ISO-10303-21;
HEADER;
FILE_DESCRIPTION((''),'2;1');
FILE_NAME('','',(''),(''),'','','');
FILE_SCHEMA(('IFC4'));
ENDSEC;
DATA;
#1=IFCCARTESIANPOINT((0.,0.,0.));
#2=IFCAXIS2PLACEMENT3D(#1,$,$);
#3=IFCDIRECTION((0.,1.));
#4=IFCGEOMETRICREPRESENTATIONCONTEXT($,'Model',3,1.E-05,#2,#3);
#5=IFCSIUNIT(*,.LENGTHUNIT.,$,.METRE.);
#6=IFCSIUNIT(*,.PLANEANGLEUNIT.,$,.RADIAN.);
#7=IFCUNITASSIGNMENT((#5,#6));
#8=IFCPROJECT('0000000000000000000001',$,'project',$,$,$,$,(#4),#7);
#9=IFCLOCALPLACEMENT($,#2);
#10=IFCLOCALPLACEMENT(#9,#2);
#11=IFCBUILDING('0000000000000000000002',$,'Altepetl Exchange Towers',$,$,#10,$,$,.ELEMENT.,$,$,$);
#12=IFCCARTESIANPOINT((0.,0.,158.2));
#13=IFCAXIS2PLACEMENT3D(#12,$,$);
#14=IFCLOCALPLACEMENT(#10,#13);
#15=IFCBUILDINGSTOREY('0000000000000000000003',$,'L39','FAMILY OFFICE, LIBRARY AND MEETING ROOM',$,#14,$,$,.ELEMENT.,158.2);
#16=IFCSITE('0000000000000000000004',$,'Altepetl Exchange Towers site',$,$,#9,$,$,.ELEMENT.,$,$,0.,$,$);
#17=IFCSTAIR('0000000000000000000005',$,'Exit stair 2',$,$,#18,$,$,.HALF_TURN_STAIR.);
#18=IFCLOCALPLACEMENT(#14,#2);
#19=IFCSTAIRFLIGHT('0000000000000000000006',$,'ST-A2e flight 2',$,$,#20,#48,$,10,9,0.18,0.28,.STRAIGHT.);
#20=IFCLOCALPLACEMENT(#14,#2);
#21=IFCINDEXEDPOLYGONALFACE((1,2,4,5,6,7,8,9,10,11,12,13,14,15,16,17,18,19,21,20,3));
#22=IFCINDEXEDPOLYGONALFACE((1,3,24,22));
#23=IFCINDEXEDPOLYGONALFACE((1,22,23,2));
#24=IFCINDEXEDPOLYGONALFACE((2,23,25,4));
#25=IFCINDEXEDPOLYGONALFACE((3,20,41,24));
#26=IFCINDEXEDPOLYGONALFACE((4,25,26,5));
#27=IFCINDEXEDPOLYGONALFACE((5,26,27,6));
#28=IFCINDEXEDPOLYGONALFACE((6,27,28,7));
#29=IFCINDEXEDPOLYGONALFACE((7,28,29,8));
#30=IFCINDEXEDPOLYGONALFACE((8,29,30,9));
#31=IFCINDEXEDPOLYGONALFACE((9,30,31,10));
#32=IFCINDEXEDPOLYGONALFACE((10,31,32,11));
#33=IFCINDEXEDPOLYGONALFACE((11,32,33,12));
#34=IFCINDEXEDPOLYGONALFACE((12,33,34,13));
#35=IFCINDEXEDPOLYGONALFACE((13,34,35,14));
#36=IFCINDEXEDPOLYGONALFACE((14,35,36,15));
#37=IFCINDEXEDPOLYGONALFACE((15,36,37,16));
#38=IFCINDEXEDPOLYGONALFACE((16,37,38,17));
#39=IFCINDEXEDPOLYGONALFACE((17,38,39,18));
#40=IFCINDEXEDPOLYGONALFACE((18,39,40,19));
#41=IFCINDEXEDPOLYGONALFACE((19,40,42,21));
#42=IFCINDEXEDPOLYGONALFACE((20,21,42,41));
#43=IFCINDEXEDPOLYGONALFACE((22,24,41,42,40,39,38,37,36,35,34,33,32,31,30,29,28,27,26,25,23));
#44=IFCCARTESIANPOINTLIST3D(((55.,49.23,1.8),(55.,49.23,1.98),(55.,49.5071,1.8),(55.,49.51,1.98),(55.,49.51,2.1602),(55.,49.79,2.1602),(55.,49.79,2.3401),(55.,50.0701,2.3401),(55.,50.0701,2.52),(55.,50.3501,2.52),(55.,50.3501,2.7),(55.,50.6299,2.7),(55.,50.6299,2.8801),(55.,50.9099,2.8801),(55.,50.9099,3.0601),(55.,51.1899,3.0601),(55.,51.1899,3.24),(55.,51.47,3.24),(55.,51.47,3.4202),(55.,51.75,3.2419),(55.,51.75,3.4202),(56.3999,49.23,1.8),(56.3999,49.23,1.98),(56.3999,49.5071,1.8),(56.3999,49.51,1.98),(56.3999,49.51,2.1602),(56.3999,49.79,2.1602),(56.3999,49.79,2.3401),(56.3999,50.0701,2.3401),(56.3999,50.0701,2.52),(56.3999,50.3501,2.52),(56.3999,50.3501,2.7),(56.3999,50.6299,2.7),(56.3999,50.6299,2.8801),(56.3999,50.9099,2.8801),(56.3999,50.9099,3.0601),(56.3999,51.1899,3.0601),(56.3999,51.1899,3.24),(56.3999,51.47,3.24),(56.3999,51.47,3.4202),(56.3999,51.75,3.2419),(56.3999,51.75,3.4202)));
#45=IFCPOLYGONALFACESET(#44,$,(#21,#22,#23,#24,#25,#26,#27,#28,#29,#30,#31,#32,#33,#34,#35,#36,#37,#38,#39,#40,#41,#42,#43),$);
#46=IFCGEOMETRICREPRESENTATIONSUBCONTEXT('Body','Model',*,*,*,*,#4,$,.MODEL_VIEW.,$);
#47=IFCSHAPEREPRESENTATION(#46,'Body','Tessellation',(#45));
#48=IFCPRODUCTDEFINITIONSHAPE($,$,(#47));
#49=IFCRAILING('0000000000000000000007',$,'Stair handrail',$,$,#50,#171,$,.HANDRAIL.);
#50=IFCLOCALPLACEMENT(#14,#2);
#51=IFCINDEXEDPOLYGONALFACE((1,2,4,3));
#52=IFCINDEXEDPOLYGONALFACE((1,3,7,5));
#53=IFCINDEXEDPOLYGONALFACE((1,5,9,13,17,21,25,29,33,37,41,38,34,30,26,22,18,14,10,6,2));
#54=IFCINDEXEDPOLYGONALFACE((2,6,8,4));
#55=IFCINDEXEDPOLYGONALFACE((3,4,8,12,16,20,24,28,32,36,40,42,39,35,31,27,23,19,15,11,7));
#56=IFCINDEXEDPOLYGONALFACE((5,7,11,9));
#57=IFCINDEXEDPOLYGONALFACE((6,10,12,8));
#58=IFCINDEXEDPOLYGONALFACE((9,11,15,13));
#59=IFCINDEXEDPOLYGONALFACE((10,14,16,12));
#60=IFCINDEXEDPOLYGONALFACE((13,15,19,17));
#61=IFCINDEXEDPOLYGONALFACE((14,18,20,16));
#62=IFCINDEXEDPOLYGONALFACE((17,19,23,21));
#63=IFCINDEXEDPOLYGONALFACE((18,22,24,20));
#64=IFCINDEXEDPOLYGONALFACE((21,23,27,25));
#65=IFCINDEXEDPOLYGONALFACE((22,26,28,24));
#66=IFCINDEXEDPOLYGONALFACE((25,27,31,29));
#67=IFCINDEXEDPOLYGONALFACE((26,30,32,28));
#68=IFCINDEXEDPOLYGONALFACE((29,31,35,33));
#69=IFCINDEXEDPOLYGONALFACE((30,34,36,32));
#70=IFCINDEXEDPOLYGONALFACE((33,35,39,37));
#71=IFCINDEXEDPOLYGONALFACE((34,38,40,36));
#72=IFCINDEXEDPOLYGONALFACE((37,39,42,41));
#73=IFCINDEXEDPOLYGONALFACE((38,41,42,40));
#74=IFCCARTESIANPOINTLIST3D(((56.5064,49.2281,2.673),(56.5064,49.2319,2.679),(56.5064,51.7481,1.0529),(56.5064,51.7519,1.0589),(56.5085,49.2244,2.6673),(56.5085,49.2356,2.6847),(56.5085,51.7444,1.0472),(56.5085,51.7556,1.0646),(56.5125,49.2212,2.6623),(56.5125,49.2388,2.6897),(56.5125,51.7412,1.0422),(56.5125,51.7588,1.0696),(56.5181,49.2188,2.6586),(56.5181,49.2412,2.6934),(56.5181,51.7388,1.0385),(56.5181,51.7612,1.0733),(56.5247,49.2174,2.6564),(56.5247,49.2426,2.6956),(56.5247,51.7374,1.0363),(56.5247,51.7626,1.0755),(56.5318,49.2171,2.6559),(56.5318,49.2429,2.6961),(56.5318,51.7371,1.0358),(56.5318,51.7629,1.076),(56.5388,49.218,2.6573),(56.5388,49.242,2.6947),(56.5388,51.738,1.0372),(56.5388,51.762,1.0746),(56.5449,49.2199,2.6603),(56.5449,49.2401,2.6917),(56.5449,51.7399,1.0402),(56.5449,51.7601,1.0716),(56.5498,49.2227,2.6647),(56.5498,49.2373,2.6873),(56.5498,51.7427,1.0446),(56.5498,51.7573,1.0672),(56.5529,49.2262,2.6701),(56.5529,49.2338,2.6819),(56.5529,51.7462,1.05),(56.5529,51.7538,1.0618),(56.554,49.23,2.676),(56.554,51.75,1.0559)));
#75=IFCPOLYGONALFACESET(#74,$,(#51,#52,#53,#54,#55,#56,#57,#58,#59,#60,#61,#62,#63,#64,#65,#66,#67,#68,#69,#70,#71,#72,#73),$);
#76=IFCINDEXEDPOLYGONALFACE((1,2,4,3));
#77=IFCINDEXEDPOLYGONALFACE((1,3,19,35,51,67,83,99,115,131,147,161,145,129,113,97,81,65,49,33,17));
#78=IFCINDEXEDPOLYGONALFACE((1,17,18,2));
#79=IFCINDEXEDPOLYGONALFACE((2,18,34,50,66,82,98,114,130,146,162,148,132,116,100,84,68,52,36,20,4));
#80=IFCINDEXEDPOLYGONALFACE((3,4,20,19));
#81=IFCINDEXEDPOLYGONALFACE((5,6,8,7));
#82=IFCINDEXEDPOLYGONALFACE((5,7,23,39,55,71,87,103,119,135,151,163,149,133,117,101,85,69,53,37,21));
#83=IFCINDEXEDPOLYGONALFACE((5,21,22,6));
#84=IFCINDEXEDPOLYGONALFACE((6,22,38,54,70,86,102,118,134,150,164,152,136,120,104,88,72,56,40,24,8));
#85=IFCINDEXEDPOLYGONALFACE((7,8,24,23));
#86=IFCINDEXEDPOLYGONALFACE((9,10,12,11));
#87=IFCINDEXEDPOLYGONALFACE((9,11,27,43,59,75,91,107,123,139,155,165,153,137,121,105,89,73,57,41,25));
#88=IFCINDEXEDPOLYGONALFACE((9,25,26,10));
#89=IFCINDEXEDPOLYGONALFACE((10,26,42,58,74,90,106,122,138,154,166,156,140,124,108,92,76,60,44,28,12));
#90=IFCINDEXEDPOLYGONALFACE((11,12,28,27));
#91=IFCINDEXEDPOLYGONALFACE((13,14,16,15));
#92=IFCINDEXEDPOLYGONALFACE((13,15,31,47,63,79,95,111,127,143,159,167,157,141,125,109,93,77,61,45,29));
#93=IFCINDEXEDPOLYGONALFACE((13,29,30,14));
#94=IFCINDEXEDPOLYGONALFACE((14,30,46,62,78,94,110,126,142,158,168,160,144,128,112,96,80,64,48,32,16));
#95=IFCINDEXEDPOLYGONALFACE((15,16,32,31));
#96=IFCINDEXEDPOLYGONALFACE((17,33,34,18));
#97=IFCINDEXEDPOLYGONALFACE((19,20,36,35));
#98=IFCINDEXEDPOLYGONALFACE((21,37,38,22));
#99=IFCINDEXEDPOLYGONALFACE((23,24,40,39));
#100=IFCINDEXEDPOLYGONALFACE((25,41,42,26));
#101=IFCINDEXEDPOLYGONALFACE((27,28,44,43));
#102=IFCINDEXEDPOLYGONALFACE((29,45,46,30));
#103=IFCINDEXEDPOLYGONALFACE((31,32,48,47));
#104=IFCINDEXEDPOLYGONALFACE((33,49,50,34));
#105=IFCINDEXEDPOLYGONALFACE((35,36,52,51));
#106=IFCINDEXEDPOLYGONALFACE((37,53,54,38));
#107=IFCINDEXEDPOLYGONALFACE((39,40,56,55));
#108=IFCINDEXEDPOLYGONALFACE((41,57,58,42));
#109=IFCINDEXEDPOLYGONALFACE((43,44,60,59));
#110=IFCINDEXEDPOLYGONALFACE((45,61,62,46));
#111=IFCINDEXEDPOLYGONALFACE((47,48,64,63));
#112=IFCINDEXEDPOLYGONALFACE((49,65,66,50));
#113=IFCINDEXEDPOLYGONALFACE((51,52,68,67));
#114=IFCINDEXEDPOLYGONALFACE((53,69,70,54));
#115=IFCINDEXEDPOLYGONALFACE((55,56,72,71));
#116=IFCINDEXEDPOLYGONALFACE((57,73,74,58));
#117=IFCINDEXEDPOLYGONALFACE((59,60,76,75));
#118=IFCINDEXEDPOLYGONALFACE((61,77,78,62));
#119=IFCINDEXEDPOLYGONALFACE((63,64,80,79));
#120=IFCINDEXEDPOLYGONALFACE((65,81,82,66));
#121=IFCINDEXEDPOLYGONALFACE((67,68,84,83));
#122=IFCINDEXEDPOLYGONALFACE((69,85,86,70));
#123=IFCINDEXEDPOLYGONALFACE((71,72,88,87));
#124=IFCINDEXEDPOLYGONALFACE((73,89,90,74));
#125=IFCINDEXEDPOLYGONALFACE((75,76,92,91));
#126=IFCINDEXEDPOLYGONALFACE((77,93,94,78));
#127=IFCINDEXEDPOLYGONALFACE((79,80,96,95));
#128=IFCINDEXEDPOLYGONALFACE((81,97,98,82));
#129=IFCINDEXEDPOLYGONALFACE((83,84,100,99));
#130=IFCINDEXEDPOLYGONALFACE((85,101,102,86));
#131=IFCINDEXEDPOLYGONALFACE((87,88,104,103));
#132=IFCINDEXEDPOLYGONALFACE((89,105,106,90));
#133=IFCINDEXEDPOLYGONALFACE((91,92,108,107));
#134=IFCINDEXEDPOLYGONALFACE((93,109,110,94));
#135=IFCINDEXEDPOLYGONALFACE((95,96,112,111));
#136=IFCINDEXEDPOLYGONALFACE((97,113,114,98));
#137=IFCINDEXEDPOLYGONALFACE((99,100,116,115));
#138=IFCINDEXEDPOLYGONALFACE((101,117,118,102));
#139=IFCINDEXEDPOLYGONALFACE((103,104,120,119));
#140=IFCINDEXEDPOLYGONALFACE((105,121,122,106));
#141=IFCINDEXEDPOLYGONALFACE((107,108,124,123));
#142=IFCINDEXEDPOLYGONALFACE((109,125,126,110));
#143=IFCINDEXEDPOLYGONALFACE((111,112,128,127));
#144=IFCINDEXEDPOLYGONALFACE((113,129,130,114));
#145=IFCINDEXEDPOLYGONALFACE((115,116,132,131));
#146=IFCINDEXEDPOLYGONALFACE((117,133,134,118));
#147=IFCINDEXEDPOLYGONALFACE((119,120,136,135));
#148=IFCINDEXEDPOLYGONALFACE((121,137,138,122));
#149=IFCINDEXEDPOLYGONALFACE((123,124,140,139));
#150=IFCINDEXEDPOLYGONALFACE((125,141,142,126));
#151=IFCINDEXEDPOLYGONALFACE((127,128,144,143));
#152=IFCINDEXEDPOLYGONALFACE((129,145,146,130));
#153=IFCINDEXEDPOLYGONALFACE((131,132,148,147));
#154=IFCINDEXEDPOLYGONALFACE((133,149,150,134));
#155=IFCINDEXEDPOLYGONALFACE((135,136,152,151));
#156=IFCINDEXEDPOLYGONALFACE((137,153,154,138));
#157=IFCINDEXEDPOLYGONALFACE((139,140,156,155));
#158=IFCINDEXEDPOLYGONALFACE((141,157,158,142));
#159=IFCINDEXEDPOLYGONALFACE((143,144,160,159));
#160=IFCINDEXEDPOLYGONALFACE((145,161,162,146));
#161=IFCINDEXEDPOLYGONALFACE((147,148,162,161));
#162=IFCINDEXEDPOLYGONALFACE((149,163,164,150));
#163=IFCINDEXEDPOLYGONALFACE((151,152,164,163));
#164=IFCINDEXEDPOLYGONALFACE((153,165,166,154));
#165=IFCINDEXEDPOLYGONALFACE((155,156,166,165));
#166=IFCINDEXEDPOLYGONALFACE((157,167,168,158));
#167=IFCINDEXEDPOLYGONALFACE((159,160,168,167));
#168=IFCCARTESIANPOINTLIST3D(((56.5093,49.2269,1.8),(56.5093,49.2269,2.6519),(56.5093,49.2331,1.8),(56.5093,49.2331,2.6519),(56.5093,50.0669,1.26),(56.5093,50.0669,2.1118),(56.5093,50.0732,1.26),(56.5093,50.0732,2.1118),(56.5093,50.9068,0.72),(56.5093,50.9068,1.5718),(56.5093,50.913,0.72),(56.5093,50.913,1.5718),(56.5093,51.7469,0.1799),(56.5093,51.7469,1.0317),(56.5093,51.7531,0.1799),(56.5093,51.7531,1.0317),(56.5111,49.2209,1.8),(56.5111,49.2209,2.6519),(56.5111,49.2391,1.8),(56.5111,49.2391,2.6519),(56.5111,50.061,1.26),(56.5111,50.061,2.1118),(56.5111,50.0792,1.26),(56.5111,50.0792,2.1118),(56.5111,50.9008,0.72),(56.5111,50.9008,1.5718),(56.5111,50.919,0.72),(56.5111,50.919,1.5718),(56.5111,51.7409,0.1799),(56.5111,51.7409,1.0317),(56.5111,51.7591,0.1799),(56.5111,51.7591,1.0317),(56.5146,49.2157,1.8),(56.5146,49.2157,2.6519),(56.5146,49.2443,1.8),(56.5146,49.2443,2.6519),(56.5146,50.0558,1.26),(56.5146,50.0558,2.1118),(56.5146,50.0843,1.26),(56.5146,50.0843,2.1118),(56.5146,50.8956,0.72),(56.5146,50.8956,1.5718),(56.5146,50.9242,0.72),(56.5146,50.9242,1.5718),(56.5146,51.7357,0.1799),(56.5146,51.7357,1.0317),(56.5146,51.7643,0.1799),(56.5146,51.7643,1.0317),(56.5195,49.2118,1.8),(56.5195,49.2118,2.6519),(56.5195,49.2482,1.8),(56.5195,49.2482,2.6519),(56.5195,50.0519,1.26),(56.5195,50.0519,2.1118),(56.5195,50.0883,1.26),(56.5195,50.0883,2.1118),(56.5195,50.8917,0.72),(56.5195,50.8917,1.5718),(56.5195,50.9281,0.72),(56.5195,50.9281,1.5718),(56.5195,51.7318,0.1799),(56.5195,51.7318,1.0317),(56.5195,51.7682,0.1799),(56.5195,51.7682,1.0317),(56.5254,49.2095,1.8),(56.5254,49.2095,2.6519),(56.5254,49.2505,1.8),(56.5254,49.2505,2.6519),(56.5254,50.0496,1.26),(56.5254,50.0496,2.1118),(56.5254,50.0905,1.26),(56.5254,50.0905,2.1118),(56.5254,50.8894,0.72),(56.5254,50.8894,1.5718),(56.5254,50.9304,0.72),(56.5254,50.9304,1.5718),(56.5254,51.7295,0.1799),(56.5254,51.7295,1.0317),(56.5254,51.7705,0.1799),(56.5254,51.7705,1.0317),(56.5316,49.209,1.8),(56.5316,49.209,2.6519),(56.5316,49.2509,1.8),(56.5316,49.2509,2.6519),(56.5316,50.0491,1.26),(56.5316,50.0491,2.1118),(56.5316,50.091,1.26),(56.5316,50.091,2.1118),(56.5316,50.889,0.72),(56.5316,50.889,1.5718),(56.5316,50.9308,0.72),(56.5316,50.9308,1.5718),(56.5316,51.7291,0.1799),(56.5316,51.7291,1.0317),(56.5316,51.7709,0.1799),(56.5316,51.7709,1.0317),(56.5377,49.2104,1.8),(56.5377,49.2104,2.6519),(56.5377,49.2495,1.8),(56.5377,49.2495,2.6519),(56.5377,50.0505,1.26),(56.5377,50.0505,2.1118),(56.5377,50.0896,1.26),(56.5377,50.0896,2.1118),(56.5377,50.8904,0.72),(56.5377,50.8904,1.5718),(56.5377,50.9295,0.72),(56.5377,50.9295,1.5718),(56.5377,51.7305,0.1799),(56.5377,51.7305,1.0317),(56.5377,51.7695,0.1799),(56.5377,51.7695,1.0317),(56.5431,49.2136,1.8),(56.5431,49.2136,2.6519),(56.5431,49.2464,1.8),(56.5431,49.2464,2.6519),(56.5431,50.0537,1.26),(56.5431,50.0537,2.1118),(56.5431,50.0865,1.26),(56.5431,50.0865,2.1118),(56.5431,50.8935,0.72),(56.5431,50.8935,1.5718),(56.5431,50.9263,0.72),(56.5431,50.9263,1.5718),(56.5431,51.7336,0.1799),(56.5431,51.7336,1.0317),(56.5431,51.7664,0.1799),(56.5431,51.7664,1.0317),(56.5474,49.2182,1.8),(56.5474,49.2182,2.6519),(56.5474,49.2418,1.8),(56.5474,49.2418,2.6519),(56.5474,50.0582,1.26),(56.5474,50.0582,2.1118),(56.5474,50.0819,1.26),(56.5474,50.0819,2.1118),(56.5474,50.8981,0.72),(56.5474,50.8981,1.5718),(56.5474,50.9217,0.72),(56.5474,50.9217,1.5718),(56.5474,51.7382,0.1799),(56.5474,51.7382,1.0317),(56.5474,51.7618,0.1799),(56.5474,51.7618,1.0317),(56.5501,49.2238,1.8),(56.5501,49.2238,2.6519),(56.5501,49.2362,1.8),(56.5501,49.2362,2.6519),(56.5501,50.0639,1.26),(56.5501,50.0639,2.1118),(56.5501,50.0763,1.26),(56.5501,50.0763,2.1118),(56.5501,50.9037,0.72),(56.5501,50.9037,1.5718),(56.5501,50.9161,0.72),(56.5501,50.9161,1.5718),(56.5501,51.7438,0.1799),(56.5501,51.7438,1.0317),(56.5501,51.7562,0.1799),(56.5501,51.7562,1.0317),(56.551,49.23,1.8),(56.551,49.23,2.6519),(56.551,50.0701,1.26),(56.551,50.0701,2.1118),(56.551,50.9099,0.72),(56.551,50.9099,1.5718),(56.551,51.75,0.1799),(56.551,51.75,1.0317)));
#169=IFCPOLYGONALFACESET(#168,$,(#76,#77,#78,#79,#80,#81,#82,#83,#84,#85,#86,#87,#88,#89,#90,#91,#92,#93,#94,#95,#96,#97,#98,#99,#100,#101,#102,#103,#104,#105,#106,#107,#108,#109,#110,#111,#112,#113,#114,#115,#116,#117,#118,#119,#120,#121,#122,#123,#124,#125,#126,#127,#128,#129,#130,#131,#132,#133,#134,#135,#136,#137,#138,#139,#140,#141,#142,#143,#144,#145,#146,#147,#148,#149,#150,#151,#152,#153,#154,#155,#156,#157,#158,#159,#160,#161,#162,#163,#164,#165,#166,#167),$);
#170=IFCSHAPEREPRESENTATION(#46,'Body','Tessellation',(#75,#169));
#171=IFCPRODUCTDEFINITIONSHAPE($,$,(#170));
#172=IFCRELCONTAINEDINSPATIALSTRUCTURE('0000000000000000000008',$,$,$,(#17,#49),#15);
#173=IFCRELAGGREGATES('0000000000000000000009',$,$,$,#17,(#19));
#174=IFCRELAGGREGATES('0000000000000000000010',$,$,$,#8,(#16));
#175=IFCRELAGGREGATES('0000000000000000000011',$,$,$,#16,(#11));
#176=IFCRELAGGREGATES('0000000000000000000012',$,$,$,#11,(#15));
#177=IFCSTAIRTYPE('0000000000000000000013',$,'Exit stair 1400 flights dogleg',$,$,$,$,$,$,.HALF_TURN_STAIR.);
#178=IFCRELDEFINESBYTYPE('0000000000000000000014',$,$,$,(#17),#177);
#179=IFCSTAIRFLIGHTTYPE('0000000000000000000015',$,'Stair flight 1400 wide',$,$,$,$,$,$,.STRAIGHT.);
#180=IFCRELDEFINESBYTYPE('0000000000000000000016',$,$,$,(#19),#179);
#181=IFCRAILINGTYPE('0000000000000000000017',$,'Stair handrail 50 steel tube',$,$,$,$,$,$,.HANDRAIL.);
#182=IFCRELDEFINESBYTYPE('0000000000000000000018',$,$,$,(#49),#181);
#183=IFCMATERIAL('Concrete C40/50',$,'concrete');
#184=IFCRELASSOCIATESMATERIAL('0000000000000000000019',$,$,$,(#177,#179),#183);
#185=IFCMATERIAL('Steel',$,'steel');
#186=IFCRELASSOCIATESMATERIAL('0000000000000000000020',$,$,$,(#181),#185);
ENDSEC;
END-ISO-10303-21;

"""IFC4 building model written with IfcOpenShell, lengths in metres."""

from ifc_helpers import new_model, si_unit, direction, frame, origin, origin_2d, place, context, subcontext, project, spatial, polyline, circle, outline, extrude, source, transform, mapped, material, type_object, element, aggregate, save


model = new_model("IFC4")

# Units and contexts
model_context = context("Model", 3, precision=1e-05, world=origin(), true_north=direction((0.0, 1.0)))
body_context = subcontext(model_context, "Body", "Model", "MODEL_VIEW")
ifc_project = project(units=[si_unit("LENGTHUNIT", "METRE"), si_unit("PLANEANGLEUNIT", "RADIAN")], contexts=[model_context])

# Site, building, storey
site_placement = place(None, origin())
site = spatial("IfcSite", under=ifc_project, at=site_placement, Name="Altepetl Exchange Towers site", CompositionType="ELEMENT", RefElevation=0.0)
building_placement = place(site_placement, origin())
building = spatial("IfcBuilding", under=site, at=building_placement, Name="Altepetl Exchange Towers", CompositionType="ELEMENT")
storey_placement = place(building_placement, frame((0.0, 0.0, 158.2)))
storey = spatial("IfcBuildingStorey", under=building, at=storey_placement, Name="L39", Description="FAMILY OFFICE, LIBRARY AND MEETING ROOM", CompositionType="ELEMENT", Elevation=158.2)

# Shared definitions
ifc_material_1 = material(Name="Concrete C40/50", Category="concrete")

# Stair, stair flight
stair_type = type_object("IfcStairType", Name="Exit stair 1400 flights dogleg", PredefinedType="HALF_TURN_STAIR", material=ifc_material_1)
stair_placement = place(storey_placement, origin())
stair = element("IfcStair", 1, at=stair_placement, inside=storey, type_object=stair_type, Name="Exit stair 2", PredefinedType="HALF_TURN_STAIR")
stair_flight_type = type_object("IfcStairFlightType", Name="Stair flight 1400 wide", PredefinedType="STRAIGHT", material=ifc_material_1)
stair_flight_1_placement = place(storey_placement, frame((55.7, 49.23, 1.8), z_axis=(0.0, 0.0, 1.0), x_axis=(0.0, 1.0, 0.0)))
stair_flight_1 = element("IfcStairFlight", 2, at=stair_flight_1_placement, type_object=stair_flight_type, Name="ST-A2e flight 2", NumberOfRisers=10, NumberOfTreads=9, PredefinedType="STRAIGHT", RiserHeight=0.18, TreadLength=0.28, context=body_context, shape_type="SweptSolid", body=[
    extrude(outline(polyline([(0.0, 0.0), (0.0, 0.1799), (0.28, 0.1799), (0.28, 0.3601), (0.5601, 0.3601), (0.5601, 0.54), (0.8401, 0.54), (0.8401, 0.72), (1.1201, 0.72), (1.1201, 0.8999), (1.3999, 0.8999), (1.3999, 1.0801), (1.6799, 1.0801), (1.6799, 1.26), (1.96, 1.26), (1.96, 1.4399), (2.24, 1.4399), (2.24, 1.6201), (2.52, 1.6201), (2.52, 1.8), (2.52, 1.4419), (0.2771, 0.0), (0.0, 0.0)])), frame((0.0, 0.7, 0.0), z_axis=(0.0, -1.0, 0.0), x_axis=(1.0, 0.0, 0.0)), (0.0, 0.0, 1.0), 1.3999),
])
aggregate(stair, [stair_flight_1])

# Railing
ifc_material_2 = material(Name="Steel", Category="steel")
railing_type = type_object("IfcRailingType", Name="Stair handrail 50 steel tube", PredefinedType="HANDRAIL", material=ifc_material_2)
shared_shape = source(origin(), body_context, "Body", "SweptSolid", [
    extrude(circle(Radius=0.021, at=origin_2d()), origin(), (0.0, 0.0, 1.0), 0.8518),
])
railing_1_placement = place(storey_placement, frame((56.53, 51.75, 0.1799)))
element("IfcRailing", 3, at=railing_1_placement, inside=storey, type_object=railing_type, Name="Stair handrail", PredefinedType="HANDRAIL", context=body_context, shape_type="SweptSolid", body=[
    extrude(circle(Radius=0.0239, at=origin_2d()), frame((0.0, 0.0, 0.876), z_axis=(0.0, -0.841163, 0.540782), x_axis=(1.0, 0.0, 0.0)), (0.0, 0.0, 1.0), 2.9958),
    mapped(shared_shape, transform((0.0, 0.0, 0.0))),
    mapped(shared_shape, transform((0.0, -0.8401, 0.54))),
    mapped(shared_shape, transform((0.0, -1.6799, 1.0801))),
    mapped(shared_shape, transform((0.0, -2.52, 1.6201))),
])

save(model, "model.ifc")
